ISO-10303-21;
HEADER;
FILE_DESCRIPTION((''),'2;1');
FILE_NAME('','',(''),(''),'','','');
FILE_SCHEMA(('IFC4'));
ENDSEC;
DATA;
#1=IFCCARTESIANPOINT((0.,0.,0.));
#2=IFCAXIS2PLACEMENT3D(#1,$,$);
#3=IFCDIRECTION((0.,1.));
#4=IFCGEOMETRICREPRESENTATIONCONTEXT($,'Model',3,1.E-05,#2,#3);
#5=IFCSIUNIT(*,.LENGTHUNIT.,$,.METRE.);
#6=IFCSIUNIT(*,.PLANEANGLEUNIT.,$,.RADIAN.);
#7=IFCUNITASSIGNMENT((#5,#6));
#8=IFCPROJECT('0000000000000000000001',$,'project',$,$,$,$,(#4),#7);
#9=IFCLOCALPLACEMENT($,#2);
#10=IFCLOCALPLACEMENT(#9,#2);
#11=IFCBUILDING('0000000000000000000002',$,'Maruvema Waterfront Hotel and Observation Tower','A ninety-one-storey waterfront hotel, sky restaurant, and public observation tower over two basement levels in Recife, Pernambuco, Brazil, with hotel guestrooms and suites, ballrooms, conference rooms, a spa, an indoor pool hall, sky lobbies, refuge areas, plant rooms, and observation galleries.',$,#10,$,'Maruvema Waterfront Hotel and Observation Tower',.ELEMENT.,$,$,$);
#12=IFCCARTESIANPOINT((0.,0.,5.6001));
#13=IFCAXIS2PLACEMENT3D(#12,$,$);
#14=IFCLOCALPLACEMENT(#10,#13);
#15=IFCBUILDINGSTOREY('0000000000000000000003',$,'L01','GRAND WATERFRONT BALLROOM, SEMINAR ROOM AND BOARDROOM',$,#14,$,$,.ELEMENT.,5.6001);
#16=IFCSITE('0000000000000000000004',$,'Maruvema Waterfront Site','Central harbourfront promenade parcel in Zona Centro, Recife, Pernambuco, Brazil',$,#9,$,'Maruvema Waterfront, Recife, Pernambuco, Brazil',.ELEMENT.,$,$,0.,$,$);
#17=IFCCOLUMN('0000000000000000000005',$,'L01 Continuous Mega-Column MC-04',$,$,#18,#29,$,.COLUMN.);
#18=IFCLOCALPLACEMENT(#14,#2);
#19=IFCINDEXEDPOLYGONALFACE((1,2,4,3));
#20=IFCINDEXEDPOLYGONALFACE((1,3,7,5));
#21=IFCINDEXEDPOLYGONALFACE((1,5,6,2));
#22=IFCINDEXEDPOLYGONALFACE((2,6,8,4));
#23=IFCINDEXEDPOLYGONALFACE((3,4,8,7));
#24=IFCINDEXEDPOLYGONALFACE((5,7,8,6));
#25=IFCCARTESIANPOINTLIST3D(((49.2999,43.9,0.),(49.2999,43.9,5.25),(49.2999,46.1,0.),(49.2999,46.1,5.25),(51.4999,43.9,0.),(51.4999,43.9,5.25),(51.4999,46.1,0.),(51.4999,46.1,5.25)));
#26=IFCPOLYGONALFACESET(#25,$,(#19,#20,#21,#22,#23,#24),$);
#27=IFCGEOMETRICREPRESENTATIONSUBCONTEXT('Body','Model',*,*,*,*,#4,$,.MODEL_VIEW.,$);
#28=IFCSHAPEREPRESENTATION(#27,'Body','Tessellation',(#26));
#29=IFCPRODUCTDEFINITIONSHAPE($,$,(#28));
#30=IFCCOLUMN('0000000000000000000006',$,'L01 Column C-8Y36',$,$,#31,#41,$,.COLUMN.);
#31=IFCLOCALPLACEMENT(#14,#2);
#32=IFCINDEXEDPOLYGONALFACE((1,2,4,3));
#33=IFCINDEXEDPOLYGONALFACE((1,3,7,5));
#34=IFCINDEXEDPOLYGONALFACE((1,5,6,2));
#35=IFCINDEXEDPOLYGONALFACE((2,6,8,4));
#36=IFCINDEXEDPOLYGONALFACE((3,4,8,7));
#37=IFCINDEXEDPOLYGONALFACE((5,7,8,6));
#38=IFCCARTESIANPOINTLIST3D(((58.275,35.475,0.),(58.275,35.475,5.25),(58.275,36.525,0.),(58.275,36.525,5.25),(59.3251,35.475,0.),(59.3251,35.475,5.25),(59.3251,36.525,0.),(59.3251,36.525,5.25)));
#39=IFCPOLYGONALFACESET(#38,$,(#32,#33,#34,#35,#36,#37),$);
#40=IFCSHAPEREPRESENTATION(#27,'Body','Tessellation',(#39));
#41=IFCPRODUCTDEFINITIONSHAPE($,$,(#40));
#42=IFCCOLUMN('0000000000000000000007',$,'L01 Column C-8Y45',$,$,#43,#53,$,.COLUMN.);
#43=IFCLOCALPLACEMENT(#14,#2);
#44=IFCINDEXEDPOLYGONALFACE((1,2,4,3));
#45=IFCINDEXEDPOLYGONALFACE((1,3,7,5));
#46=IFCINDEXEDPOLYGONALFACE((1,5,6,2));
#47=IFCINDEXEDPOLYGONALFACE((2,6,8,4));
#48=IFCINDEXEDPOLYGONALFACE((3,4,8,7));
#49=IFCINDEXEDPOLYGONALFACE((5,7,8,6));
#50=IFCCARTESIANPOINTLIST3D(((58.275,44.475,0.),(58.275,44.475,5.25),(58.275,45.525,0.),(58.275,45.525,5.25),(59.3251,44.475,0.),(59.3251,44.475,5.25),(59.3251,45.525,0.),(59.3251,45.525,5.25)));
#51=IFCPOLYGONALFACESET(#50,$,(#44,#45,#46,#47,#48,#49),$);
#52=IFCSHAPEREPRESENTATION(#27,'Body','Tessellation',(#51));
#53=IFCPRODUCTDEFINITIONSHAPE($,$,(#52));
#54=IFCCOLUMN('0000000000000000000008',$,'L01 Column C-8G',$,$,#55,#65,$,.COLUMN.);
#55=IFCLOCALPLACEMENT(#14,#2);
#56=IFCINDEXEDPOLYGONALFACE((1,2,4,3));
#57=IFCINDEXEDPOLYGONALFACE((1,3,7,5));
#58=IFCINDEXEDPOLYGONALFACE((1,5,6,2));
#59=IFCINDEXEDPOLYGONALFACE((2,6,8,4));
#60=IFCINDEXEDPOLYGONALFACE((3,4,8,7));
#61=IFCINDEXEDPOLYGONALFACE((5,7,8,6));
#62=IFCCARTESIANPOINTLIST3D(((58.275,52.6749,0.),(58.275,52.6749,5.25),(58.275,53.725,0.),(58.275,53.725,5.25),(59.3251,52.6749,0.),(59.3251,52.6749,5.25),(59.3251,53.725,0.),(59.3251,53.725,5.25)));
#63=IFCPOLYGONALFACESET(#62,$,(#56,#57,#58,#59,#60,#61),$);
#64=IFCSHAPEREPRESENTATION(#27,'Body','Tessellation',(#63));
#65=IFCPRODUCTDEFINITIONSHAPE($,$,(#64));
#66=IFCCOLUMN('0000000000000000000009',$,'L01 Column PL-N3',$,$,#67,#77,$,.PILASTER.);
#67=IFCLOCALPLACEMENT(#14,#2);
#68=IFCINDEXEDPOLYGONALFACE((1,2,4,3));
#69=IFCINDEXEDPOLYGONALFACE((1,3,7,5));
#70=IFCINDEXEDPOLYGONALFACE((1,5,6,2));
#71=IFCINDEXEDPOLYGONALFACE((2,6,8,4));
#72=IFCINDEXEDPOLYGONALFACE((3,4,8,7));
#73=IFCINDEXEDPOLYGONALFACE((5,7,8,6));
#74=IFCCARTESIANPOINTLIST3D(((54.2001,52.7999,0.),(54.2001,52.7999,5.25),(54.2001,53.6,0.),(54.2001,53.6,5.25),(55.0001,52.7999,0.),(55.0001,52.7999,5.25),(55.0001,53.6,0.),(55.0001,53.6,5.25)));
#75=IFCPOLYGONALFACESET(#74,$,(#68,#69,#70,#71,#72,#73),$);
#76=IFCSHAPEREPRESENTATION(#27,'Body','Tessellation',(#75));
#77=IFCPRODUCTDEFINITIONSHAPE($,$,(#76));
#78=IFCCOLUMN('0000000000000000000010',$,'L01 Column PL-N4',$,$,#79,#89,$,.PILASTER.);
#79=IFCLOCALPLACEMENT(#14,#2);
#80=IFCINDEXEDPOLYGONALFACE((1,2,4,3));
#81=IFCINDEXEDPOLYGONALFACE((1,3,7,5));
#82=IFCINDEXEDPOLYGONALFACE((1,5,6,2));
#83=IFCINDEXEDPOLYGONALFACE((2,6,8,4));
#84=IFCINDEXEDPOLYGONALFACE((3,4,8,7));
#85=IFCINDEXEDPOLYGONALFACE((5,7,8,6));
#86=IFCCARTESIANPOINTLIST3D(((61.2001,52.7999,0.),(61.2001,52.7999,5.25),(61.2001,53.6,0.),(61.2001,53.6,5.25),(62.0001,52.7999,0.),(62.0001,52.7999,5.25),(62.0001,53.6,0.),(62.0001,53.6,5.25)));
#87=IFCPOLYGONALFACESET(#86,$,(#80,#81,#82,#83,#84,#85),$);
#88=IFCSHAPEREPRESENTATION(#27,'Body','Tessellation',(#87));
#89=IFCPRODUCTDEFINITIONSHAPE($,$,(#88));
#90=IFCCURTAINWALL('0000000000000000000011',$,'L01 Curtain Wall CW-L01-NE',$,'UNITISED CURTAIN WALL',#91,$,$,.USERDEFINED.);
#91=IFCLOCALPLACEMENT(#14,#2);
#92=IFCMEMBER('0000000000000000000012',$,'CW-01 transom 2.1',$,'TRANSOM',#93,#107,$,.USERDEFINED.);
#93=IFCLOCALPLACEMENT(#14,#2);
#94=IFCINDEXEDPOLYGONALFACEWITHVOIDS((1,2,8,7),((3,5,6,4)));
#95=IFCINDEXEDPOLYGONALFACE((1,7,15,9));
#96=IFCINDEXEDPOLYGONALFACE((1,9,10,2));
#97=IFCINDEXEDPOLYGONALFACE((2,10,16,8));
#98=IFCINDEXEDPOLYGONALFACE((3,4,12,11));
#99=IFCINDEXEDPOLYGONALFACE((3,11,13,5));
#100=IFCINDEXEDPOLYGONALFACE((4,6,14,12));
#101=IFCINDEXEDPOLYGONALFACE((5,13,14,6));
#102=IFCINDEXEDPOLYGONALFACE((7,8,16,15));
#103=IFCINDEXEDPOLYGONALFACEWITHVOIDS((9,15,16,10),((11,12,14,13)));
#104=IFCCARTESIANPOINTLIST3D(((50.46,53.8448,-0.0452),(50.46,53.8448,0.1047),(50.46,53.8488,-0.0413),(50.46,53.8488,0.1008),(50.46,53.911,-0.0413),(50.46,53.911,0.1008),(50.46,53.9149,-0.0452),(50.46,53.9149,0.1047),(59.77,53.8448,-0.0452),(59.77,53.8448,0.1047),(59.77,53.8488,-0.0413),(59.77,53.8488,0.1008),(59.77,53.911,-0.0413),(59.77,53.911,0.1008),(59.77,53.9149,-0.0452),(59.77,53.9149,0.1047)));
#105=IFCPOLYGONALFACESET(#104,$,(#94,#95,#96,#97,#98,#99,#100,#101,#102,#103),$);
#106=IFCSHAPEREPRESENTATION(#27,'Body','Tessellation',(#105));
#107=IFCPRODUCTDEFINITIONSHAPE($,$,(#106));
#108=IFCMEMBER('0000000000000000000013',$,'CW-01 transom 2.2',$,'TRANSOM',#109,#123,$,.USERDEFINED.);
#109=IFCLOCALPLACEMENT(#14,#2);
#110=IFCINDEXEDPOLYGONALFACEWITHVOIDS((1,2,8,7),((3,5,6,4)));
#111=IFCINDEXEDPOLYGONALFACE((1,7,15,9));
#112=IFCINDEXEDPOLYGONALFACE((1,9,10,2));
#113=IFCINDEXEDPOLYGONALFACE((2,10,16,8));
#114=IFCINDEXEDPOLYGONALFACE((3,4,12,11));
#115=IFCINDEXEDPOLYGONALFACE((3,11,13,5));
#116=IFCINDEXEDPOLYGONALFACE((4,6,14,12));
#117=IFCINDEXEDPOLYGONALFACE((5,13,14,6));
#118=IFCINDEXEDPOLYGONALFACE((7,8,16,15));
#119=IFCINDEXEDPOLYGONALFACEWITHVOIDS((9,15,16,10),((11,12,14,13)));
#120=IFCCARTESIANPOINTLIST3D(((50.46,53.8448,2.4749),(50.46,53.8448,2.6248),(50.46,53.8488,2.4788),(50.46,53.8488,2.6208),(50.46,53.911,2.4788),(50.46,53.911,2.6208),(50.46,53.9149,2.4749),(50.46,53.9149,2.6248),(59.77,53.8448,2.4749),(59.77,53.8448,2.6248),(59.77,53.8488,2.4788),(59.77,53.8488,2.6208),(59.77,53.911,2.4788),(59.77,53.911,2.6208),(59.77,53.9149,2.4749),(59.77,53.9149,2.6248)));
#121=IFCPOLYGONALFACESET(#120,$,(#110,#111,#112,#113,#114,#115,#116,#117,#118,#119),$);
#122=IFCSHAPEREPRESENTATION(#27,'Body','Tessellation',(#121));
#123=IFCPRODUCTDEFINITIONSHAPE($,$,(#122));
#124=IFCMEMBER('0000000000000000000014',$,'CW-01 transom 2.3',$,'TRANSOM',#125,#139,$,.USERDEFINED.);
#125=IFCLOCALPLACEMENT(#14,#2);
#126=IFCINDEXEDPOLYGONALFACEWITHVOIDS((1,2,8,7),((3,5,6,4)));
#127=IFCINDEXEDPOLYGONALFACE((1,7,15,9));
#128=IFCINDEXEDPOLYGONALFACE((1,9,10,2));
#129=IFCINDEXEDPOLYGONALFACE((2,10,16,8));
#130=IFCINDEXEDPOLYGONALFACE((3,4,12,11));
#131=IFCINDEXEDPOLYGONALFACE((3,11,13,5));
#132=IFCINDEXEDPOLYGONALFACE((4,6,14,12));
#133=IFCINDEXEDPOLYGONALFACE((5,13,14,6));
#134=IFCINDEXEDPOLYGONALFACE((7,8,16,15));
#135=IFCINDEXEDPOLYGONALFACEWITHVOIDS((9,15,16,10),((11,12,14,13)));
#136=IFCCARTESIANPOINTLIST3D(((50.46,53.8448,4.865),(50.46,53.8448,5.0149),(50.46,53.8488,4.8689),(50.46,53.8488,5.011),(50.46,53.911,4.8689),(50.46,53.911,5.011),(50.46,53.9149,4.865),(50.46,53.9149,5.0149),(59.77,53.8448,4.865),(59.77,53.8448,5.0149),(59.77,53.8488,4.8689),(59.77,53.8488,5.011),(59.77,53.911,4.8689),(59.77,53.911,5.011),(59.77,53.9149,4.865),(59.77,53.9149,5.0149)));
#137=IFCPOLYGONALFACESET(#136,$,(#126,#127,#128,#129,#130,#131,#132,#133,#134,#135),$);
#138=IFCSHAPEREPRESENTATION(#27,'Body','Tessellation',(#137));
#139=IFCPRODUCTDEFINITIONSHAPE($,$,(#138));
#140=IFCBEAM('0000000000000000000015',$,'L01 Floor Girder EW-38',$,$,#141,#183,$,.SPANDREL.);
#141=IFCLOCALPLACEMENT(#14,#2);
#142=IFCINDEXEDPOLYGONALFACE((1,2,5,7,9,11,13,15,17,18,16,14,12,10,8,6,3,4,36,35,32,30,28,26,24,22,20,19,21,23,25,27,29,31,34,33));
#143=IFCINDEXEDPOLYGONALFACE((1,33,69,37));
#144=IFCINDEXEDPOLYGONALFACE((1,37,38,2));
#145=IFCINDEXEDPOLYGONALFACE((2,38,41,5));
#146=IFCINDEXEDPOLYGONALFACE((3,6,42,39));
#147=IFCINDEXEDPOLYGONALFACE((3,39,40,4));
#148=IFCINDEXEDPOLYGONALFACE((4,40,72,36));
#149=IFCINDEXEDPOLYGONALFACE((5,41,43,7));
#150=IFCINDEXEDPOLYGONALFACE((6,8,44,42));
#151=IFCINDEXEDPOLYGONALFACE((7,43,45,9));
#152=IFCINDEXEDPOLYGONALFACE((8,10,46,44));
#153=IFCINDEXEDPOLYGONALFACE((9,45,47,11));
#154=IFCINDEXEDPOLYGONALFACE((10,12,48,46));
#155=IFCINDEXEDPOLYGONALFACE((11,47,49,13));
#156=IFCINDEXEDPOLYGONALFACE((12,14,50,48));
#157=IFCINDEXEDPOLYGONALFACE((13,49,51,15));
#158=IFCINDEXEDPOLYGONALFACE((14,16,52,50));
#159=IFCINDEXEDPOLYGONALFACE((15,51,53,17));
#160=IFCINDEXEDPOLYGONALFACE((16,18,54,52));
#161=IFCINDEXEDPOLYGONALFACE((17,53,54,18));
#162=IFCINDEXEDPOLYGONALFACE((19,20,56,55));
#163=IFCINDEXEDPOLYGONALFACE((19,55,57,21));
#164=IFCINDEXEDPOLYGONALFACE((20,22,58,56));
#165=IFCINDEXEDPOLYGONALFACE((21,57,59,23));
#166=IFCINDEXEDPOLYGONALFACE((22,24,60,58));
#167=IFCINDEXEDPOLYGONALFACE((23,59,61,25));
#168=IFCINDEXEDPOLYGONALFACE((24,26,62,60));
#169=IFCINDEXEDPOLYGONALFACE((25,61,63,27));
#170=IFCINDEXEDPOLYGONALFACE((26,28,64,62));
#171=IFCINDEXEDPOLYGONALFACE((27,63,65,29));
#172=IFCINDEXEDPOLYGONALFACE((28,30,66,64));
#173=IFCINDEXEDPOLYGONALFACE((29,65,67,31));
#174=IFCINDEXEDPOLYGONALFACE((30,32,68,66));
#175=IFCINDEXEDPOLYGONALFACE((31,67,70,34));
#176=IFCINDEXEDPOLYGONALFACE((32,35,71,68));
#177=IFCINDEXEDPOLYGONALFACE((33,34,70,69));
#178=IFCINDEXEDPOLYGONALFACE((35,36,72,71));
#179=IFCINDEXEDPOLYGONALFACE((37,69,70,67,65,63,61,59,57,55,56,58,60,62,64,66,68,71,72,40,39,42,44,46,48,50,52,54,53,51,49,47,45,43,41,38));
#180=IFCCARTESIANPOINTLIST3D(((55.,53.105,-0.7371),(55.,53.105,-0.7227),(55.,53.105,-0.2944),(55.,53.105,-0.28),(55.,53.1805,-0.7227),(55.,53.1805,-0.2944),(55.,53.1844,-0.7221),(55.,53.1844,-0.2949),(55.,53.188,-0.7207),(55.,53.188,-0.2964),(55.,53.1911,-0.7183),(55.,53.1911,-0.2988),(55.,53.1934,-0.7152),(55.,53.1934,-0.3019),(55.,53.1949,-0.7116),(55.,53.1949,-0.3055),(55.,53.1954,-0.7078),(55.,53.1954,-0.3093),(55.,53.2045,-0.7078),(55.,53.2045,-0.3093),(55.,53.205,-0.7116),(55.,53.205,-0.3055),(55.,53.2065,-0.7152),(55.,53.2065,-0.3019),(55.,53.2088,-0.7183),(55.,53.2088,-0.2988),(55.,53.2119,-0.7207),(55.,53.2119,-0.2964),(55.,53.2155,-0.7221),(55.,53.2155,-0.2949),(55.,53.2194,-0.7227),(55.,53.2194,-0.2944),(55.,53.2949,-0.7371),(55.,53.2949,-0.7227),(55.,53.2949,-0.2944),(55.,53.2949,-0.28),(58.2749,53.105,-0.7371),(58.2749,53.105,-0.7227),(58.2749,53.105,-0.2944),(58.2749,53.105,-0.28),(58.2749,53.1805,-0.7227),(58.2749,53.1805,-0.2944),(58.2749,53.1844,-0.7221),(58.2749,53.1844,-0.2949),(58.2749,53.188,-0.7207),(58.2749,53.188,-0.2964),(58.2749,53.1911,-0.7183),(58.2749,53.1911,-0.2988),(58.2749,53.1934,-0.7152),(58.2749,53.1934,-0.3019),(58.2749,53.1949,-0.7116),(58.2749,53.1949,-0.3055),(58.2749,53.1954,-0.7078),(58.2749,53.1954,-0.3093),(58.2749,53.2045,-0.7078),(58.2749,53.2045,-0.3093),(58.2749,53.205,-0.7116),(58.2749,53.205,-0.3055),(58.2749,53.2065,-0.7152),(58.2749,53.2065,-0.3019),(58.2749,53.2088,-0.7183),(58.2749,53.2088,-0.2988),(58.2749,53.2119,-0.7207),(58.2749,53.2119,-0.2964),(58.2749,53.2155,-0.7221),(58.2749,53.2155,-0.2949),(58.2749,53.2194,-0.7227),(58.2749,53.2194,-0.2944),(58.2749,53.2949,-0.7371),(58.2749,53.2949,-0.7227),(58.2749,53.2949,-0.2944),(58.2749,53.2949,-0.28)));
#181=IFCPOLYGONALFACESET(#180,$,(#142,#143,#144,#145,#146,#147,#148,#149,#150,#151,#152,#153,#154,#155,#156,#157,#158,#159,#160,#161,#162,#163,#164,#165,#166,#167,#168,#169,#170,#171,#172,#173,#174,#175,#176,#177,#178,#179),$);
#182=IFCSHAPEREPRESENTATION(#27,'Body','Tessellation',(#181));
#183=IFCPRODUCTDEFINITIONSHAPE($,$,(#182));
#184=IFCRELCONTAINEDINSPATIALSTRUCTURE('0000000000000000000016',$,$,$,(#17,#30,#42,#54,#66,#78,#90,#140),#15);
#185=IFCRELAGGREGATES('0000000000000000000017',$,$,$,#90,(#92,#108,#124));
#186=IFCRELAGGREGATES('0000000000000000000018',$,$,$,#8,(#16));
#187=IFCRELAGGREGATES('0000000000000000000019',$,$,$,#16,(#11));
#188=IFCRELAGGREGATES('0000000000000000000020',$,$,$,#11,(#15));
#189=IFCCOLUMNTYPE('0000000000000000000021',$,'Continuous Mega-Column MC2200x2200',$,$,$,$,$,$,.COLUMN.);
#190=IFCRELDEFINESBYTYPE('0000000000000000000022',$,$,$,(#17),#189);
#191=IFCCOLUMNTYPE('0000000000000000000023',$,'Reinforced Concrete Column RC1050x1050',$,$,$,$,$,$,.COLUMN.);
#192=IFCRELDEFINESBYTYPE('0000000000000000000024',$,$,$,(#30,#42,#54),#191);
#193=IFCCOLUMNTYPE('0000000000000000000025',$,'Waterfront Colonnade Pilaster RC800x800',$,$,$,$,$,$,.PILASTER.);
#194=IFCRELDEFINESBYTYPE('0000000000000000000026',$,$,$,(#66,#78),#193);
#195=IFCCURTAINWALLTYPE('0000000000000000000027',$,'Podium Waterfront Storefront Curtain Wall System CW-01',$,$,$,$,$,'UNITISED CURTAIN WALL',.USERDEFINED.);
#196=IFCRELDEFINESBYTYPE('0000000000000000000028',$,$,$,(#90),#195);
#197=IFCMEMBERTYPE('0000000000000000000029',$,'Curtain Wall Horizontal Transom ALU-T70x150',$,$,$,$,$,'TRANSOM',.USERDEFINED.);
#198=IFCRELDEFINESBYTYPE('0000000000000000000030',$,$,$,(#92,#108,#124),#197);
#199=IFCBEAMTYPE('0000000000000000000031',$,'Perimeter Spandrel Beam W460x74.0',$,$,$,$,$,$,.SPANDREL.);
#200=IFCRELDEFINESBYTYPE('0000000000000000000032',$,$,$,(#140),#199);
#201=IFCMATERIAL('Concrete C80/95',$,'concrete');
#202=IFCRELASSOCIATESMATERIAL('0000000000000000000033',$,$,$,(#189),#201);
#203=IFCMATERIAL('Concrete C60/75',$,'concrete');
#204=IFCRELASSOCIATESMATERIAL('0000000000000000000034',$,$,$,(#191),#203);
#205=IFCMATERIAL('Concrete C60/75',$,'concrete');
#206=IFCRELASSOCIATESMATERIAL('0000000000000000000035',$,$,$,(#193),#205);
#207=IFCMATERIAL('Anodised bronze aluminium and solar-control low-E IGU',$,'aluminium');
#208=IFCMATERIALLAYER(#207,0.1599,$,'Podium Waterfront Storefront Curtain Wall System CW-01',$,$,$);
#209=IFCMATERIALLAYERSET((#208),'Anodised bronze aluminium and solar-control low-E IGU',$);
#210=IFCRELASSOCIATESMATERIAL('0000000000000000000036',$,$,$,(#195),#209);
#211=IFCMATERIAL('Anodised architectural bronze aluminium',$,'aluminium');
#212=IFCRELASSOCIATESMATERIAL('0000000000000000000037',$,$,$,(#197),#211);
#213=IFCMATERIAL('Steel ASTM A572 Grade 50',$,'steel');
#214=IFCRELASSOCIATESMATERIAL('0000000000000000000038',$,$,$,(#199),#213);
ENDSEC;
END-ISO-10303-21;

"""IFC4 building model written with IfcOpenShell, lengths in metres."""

from ifc_helpers import new_model, si_unit, direction, frame, origin, origin_2d, place, context, subcontext, project, spatial, rectangle, hollow_rectangle, i_section, extrude, material, layer, layer_set, material_profile, profile_set, type_object, element, aggregate, save


model = new_model("IFC4")

# Units and contexts
model_context = context("Model", 3, precision=1e-05, world=origin(), true_north=direction((0.0, 1.0)))
body_context = subcontext(model_context, "Body", "Model", "MODEL_VIEW")
ifc_project = project(units=[si_unit("LENGTHUNIT", "METRE"), si_unit("PLANEANGLEUNIT", "RADIAN")], contexts=[model_context])

# Site, building, storey
site_placement = place(None, origin())
site = spatial("IfcSite", under=ifc_project, at=site_placement, Name="Maruvema Waterfront Site", Description="Central harbourfront promenade parcel in Zona Centro, Recife, Pernambuco, Brazil", LongName="Maruvema Waterfront, Recife, Pernambuco, Brazil", CompositionType="ELEMENT", RefElevation=0.0)
building_placement = place(site_placement, origin())
building = spatial("IfcBuilding", under=site, at=building_placement, Name="Maruvema Waterfront Hotel and Observation Tower", Description="A ninety-one-storey waterfront hotel, sky restaurant, and public observation tower over two basement levels in Recife, Pernambuco, Brazil, with hotel guestrooms and suites, ballrooms, conference rooms, a spa, an indoor pool hall, sky lobbies, refuge areas, plant rooms, and observation galleries.", LongName="Maruvema Waterfront Hotel and Observation Tower", CompositionType="ELEMENT")
storey_placement = place(building_placement, frame((0.0, 0.0, 5.6001)))
storey = spatial("IfcBuildingStorey", under=building, at=storey_placement, Name="L01", Description="GRAND WATERFRONT BALLROOM, SEMINAR ROOM AND BOARDROOM", CompositionType="ELEMENT", Elevation=5.6001)

# Columns
ifc_material_1 = material(Name="Concrete C80/95", Category="concrete")
ifc_material_profile_1 = material_profile(ifc_material_1, rectangle(XDim=2.2, YDim=2.2, at=origin_2d()), Name="MC2200x2200")
ifc_profile_set_1 = profile_set([ifc_material_profile_1], Name="Concrete C80/95")
column_type_1 = type_object("IfcColumnType", Name="Continuous Mega-Column MC2200x2200", PredefinedType="COLUMN", material=ifc_profile_set_1)
column_placement = place(storey_placement, frame((50.3999, 45.0, 0.0), z_axis=(0.0, 0.0, 1.0), x_axis=(1.0, 0.0, 0.0)))
element("IfcColumn", 1, at=column_placement, inside=storey, type_object=column_type_1, Name="L01 Continuous Mega-Column MC-04", PredefinedType="COLUMN", context=body_context, shape_type="SweptSolid", body=[
    extrude(rectangle(XDim=2.2, YDim=2.2, at=origin_2d()), origin(), (0.0, 0.0, 1.0), 5.25),
])
ifc_material_2 = material(Name="Concrete C60/75", Category="concrete")
ifc_material_profile_2 = material_profile(ifc_material_2, rectangle(XDim=1.05, YDim=1.05, at=origin_2d()), Name="RC1050x1050")
ifc_profile_set_2 = profile_set([ifc_material_profile_2], Name="Concrete C60/75")
column_type_2 = type_object("IfcColumnType", Name="Reinforced Concrete Column RC1050x1050", PredefinedType="COLUMN", material=ifc_profile_set_2)
for number, where, z_axis, x_axis, name in (
    (2, (58.8, 36.0, 0.0), (0.0, 0.0, 1.0), (1.0, 0.0, 0.0), "L01 Column C-8Y36"),
    (3, (58.8, 45.0, 0.0), (0.0, 0.0, 1.0), (1.0, 0.0, 0.0), "L01 Column C-8Y45"),
    (4, (58.8, 53.2, 0.0), (0.0, 0.0, 1.0), (1.0, 0.0, 0.0), "L01 Column C-8G"),
):
    element("IfcColumn", number, at=place(storey_placement, frame(where, z_axis=z_axis, x_axis=x_axis)), inside=storey, type_object=column_type_2, Name=name, PredefinedType="COLUMN", context=body_context, shape_type="SweptSolid", body=[
        extrude(rectangle(XDim=1.05, YDim=1.05, at=origin_2d()), origin(), (0.0, 0.0, 1.0), 5.25),
    ])
ifc_material_3 = material(Name="Concrete C60/75", Category="concrete")
ifc_material_profile_3 = material_profile(ifc_material_3, rectangle(XDim=0.8, YDim=0.8, at=origin_2d()), Name="RC800x800")
ifc_profile_set_3 = profile_set([ifc_material_profile_3], Name="Concrete C60/75")
column_type_3 = type_object("IfcColumnType", Name="Waterfront Colonnade Pilaster RC800x800", PredefinedType="PILASTER", material=ifc_profile_set_3)
for number, where, z_axis, x_axis, name in (
    (5, (54.6001, 53.2, 0.0), (0.0, 0.0, 1.0), (1.0, 0.0, 0.0), "L01 Column PL-N3"),
    (6, (61.6001, 53.2, 0.0), (0.0, 0.0, 1.0), (1.0, 0.0, 0.0), "L01 Column PL-N4"),
):
    element("IfcColumn", number, at=place(storey_placement, frame(where, z_axis=z_axis, x_axis=x_axis)), inside=storey, type_object=column_type_3, Name=name, PredefinedType="PILASTER", context=body_context, shape_type="SweptSolid", body=[
        extrude(rectangle(XDim=0.8, YDim=0.8, at=origin_2d()), origin(), (0.0, 0.0, 1.0), 5.25),
    ])

# Curtain wall, members
ifc_material_4 = material(Name="Anodised bronze aluminium and solar-control low-E IGU", Category="aluminium")
ifc_layer_1 = layer(ifc_material_4, 0.1599, Name="Podium Waterfront Storefront Curtain Wall System CW-01")
ifc_layer_set_1 = layer_set([ifc_layer_1], Name="Anodised bronze aluminium and solar-control low-E IGU")
curtain_wall_type = type_object("IfcCurtainWallType", Name="Podium Waterfront Storefront Curtain Wall System CW-01", ElementType="UNITISED CURTAIN WALL", PredefinedType="USERDEFINED", material=ifc_layer_set_1)
curtain_wall_placement = place(storey_placement, origin())
curtain_wall = element("IfcCurtainWall", 7, at=curtain_wall_placement, inside=storey, type_object=curtain_wall_type, Name="L01 Curtain Wall CW-L01-NE", ObjectType="UNITISED CURTAIN WALL", PredefinedType="USERDEFINED")
ifc_material_5 = material(Name="Anodised architectural bronze aluminium", Category="aluminium")
ifc_material_profile_4 = material_profile(ifc_material_5, hollow_rectangle(XDim=0.0701, YDim=0.1499, WallThickness=0.0039, at=origin_2d()), Name="ALU-T70x150")
ifc_profile_set_4 = profile_set([ifc_material_profile_4], Name="Anodised architectural bronze aluminium")
member_type_1 = type_object("IfcMemberType", Name="Curtain Wall Horizontal Transom ALU-T70x150", ElementType="TRANSOM", PredefinedType="USERDEFINED", material=ifc_profile_set_4)
member_1_placement = place(storey_placement, frame((59.77, 53.8799, 0.0298), z_axis=(-1.0, 0.0, 0.0), x_axis=(0.0, -1.0, 0.0)))
member_1 = element("IfcMember", 8, at=member_1_placement, type_object=member_type_1, Name="CW-01 transom 2.1", ObjectType="TRANSOM", PredefinedType="USERDEFINED", context=body_context, shape_type="SweptSolid", body=[
    extrude(hollow_rectangle(XDim=0.0701, YDim=0.1499, WallThickness=0.0039, at=origin_2d()), origin(), (0.0, 0.0, 1.0), 9.3101),
])
member_2_placement = place(storey_placement, frame((59.77, 53.8799, 2.5498), z_axis=(-1.0, 0.0, 0.0), x_axis=(0.0, -1.0, 0.0)))
member_2 = element("IfcMember", 9, at=member_2_placement, type_object=member_type_1, Name="CW-01 transom 2.2", ObjectType="TRANSOM", PredefinedType="USERDEFINED", context=body_context, shape_type="SweptSolid", body=[
    extrude(hollow_rectangle(XDim=0.0701, YDim=0.1499, WallThickness=0.0039, at=origin_2d()), origin(), (0.0, 0.0, 1.0), 9.3101),
])
member_3_placement = place(storey_placement, frame((59.77, 53.8799, 4.9399), z_axis=(-1.0, 0.0, 0.0), x_axis=(0.0, -1.0, 0.0)))
member_3 = element("IfcMember", 10, at=member_3_placement, type_object=member_type_1, Name="CW-01 transom 2.3", ObjectType="TRANSOM", PredefinedType="USERDEFINED", context=body_context, shape_type="SweptSolid", body=[
    extrude(hollow_rectangle(XDim=0.0701, YDim=0.1499, WallThickness=0.0039, at=origin_2d()), origin(), (0.0, 0.0, 1.0), 9.3101),
])

# Beam
ifc_material_6 = material(Name="Steel ASTM A572 Grade 50", Category="steel")
ifc_material_profile_5 = material_profile(ifc_material_6, i_section(OverallWidth=0.1899, OverallDepth=0.457, WebThickness=0.009, FlangeThickness=0.0144, FilletRadius=0.0149, at=origin_2d()), Name="W460x74.0")
ifc_profile_set_5 = profile_set([ifc_material_profile_5], Name="Steel ASTM A572 Grade 50")
beam_type_1 = type_object("IfcBeamType", Name="Perimeter Spandrel Beam W460x74.0", PredefinedType="SPANDREL", material=ifc_profile_set_5)
beam_1_placement = place(storey_placement, frame((55.0, 53.2, -0.5085), z_axis=(1.0, 0.0, 0.0), x_axis=(0.0, 1.0, 0.0)))
element("IfcBeam", 11, at=beam_1_placement, inside=storey, type_object=beam_type_1, Name="L01 Floor Girder EW-38", PredefinedType="SPANDREL", context=body_context, shape_type="SweptSolid", body=[
    extrude(i_section(OverallWidth=0.1899, OverallDepth=0.457, WebThickness=0.009, FlangeThickness=0.0144, FilletRadius=0.0149, at=origin_2d()), origin(), (0.0, 0.0, 1.0), 3.2749),
])

aggregate(curtain_wall, [member_1, member_2, member_3])

save(model, "model.ifc")
